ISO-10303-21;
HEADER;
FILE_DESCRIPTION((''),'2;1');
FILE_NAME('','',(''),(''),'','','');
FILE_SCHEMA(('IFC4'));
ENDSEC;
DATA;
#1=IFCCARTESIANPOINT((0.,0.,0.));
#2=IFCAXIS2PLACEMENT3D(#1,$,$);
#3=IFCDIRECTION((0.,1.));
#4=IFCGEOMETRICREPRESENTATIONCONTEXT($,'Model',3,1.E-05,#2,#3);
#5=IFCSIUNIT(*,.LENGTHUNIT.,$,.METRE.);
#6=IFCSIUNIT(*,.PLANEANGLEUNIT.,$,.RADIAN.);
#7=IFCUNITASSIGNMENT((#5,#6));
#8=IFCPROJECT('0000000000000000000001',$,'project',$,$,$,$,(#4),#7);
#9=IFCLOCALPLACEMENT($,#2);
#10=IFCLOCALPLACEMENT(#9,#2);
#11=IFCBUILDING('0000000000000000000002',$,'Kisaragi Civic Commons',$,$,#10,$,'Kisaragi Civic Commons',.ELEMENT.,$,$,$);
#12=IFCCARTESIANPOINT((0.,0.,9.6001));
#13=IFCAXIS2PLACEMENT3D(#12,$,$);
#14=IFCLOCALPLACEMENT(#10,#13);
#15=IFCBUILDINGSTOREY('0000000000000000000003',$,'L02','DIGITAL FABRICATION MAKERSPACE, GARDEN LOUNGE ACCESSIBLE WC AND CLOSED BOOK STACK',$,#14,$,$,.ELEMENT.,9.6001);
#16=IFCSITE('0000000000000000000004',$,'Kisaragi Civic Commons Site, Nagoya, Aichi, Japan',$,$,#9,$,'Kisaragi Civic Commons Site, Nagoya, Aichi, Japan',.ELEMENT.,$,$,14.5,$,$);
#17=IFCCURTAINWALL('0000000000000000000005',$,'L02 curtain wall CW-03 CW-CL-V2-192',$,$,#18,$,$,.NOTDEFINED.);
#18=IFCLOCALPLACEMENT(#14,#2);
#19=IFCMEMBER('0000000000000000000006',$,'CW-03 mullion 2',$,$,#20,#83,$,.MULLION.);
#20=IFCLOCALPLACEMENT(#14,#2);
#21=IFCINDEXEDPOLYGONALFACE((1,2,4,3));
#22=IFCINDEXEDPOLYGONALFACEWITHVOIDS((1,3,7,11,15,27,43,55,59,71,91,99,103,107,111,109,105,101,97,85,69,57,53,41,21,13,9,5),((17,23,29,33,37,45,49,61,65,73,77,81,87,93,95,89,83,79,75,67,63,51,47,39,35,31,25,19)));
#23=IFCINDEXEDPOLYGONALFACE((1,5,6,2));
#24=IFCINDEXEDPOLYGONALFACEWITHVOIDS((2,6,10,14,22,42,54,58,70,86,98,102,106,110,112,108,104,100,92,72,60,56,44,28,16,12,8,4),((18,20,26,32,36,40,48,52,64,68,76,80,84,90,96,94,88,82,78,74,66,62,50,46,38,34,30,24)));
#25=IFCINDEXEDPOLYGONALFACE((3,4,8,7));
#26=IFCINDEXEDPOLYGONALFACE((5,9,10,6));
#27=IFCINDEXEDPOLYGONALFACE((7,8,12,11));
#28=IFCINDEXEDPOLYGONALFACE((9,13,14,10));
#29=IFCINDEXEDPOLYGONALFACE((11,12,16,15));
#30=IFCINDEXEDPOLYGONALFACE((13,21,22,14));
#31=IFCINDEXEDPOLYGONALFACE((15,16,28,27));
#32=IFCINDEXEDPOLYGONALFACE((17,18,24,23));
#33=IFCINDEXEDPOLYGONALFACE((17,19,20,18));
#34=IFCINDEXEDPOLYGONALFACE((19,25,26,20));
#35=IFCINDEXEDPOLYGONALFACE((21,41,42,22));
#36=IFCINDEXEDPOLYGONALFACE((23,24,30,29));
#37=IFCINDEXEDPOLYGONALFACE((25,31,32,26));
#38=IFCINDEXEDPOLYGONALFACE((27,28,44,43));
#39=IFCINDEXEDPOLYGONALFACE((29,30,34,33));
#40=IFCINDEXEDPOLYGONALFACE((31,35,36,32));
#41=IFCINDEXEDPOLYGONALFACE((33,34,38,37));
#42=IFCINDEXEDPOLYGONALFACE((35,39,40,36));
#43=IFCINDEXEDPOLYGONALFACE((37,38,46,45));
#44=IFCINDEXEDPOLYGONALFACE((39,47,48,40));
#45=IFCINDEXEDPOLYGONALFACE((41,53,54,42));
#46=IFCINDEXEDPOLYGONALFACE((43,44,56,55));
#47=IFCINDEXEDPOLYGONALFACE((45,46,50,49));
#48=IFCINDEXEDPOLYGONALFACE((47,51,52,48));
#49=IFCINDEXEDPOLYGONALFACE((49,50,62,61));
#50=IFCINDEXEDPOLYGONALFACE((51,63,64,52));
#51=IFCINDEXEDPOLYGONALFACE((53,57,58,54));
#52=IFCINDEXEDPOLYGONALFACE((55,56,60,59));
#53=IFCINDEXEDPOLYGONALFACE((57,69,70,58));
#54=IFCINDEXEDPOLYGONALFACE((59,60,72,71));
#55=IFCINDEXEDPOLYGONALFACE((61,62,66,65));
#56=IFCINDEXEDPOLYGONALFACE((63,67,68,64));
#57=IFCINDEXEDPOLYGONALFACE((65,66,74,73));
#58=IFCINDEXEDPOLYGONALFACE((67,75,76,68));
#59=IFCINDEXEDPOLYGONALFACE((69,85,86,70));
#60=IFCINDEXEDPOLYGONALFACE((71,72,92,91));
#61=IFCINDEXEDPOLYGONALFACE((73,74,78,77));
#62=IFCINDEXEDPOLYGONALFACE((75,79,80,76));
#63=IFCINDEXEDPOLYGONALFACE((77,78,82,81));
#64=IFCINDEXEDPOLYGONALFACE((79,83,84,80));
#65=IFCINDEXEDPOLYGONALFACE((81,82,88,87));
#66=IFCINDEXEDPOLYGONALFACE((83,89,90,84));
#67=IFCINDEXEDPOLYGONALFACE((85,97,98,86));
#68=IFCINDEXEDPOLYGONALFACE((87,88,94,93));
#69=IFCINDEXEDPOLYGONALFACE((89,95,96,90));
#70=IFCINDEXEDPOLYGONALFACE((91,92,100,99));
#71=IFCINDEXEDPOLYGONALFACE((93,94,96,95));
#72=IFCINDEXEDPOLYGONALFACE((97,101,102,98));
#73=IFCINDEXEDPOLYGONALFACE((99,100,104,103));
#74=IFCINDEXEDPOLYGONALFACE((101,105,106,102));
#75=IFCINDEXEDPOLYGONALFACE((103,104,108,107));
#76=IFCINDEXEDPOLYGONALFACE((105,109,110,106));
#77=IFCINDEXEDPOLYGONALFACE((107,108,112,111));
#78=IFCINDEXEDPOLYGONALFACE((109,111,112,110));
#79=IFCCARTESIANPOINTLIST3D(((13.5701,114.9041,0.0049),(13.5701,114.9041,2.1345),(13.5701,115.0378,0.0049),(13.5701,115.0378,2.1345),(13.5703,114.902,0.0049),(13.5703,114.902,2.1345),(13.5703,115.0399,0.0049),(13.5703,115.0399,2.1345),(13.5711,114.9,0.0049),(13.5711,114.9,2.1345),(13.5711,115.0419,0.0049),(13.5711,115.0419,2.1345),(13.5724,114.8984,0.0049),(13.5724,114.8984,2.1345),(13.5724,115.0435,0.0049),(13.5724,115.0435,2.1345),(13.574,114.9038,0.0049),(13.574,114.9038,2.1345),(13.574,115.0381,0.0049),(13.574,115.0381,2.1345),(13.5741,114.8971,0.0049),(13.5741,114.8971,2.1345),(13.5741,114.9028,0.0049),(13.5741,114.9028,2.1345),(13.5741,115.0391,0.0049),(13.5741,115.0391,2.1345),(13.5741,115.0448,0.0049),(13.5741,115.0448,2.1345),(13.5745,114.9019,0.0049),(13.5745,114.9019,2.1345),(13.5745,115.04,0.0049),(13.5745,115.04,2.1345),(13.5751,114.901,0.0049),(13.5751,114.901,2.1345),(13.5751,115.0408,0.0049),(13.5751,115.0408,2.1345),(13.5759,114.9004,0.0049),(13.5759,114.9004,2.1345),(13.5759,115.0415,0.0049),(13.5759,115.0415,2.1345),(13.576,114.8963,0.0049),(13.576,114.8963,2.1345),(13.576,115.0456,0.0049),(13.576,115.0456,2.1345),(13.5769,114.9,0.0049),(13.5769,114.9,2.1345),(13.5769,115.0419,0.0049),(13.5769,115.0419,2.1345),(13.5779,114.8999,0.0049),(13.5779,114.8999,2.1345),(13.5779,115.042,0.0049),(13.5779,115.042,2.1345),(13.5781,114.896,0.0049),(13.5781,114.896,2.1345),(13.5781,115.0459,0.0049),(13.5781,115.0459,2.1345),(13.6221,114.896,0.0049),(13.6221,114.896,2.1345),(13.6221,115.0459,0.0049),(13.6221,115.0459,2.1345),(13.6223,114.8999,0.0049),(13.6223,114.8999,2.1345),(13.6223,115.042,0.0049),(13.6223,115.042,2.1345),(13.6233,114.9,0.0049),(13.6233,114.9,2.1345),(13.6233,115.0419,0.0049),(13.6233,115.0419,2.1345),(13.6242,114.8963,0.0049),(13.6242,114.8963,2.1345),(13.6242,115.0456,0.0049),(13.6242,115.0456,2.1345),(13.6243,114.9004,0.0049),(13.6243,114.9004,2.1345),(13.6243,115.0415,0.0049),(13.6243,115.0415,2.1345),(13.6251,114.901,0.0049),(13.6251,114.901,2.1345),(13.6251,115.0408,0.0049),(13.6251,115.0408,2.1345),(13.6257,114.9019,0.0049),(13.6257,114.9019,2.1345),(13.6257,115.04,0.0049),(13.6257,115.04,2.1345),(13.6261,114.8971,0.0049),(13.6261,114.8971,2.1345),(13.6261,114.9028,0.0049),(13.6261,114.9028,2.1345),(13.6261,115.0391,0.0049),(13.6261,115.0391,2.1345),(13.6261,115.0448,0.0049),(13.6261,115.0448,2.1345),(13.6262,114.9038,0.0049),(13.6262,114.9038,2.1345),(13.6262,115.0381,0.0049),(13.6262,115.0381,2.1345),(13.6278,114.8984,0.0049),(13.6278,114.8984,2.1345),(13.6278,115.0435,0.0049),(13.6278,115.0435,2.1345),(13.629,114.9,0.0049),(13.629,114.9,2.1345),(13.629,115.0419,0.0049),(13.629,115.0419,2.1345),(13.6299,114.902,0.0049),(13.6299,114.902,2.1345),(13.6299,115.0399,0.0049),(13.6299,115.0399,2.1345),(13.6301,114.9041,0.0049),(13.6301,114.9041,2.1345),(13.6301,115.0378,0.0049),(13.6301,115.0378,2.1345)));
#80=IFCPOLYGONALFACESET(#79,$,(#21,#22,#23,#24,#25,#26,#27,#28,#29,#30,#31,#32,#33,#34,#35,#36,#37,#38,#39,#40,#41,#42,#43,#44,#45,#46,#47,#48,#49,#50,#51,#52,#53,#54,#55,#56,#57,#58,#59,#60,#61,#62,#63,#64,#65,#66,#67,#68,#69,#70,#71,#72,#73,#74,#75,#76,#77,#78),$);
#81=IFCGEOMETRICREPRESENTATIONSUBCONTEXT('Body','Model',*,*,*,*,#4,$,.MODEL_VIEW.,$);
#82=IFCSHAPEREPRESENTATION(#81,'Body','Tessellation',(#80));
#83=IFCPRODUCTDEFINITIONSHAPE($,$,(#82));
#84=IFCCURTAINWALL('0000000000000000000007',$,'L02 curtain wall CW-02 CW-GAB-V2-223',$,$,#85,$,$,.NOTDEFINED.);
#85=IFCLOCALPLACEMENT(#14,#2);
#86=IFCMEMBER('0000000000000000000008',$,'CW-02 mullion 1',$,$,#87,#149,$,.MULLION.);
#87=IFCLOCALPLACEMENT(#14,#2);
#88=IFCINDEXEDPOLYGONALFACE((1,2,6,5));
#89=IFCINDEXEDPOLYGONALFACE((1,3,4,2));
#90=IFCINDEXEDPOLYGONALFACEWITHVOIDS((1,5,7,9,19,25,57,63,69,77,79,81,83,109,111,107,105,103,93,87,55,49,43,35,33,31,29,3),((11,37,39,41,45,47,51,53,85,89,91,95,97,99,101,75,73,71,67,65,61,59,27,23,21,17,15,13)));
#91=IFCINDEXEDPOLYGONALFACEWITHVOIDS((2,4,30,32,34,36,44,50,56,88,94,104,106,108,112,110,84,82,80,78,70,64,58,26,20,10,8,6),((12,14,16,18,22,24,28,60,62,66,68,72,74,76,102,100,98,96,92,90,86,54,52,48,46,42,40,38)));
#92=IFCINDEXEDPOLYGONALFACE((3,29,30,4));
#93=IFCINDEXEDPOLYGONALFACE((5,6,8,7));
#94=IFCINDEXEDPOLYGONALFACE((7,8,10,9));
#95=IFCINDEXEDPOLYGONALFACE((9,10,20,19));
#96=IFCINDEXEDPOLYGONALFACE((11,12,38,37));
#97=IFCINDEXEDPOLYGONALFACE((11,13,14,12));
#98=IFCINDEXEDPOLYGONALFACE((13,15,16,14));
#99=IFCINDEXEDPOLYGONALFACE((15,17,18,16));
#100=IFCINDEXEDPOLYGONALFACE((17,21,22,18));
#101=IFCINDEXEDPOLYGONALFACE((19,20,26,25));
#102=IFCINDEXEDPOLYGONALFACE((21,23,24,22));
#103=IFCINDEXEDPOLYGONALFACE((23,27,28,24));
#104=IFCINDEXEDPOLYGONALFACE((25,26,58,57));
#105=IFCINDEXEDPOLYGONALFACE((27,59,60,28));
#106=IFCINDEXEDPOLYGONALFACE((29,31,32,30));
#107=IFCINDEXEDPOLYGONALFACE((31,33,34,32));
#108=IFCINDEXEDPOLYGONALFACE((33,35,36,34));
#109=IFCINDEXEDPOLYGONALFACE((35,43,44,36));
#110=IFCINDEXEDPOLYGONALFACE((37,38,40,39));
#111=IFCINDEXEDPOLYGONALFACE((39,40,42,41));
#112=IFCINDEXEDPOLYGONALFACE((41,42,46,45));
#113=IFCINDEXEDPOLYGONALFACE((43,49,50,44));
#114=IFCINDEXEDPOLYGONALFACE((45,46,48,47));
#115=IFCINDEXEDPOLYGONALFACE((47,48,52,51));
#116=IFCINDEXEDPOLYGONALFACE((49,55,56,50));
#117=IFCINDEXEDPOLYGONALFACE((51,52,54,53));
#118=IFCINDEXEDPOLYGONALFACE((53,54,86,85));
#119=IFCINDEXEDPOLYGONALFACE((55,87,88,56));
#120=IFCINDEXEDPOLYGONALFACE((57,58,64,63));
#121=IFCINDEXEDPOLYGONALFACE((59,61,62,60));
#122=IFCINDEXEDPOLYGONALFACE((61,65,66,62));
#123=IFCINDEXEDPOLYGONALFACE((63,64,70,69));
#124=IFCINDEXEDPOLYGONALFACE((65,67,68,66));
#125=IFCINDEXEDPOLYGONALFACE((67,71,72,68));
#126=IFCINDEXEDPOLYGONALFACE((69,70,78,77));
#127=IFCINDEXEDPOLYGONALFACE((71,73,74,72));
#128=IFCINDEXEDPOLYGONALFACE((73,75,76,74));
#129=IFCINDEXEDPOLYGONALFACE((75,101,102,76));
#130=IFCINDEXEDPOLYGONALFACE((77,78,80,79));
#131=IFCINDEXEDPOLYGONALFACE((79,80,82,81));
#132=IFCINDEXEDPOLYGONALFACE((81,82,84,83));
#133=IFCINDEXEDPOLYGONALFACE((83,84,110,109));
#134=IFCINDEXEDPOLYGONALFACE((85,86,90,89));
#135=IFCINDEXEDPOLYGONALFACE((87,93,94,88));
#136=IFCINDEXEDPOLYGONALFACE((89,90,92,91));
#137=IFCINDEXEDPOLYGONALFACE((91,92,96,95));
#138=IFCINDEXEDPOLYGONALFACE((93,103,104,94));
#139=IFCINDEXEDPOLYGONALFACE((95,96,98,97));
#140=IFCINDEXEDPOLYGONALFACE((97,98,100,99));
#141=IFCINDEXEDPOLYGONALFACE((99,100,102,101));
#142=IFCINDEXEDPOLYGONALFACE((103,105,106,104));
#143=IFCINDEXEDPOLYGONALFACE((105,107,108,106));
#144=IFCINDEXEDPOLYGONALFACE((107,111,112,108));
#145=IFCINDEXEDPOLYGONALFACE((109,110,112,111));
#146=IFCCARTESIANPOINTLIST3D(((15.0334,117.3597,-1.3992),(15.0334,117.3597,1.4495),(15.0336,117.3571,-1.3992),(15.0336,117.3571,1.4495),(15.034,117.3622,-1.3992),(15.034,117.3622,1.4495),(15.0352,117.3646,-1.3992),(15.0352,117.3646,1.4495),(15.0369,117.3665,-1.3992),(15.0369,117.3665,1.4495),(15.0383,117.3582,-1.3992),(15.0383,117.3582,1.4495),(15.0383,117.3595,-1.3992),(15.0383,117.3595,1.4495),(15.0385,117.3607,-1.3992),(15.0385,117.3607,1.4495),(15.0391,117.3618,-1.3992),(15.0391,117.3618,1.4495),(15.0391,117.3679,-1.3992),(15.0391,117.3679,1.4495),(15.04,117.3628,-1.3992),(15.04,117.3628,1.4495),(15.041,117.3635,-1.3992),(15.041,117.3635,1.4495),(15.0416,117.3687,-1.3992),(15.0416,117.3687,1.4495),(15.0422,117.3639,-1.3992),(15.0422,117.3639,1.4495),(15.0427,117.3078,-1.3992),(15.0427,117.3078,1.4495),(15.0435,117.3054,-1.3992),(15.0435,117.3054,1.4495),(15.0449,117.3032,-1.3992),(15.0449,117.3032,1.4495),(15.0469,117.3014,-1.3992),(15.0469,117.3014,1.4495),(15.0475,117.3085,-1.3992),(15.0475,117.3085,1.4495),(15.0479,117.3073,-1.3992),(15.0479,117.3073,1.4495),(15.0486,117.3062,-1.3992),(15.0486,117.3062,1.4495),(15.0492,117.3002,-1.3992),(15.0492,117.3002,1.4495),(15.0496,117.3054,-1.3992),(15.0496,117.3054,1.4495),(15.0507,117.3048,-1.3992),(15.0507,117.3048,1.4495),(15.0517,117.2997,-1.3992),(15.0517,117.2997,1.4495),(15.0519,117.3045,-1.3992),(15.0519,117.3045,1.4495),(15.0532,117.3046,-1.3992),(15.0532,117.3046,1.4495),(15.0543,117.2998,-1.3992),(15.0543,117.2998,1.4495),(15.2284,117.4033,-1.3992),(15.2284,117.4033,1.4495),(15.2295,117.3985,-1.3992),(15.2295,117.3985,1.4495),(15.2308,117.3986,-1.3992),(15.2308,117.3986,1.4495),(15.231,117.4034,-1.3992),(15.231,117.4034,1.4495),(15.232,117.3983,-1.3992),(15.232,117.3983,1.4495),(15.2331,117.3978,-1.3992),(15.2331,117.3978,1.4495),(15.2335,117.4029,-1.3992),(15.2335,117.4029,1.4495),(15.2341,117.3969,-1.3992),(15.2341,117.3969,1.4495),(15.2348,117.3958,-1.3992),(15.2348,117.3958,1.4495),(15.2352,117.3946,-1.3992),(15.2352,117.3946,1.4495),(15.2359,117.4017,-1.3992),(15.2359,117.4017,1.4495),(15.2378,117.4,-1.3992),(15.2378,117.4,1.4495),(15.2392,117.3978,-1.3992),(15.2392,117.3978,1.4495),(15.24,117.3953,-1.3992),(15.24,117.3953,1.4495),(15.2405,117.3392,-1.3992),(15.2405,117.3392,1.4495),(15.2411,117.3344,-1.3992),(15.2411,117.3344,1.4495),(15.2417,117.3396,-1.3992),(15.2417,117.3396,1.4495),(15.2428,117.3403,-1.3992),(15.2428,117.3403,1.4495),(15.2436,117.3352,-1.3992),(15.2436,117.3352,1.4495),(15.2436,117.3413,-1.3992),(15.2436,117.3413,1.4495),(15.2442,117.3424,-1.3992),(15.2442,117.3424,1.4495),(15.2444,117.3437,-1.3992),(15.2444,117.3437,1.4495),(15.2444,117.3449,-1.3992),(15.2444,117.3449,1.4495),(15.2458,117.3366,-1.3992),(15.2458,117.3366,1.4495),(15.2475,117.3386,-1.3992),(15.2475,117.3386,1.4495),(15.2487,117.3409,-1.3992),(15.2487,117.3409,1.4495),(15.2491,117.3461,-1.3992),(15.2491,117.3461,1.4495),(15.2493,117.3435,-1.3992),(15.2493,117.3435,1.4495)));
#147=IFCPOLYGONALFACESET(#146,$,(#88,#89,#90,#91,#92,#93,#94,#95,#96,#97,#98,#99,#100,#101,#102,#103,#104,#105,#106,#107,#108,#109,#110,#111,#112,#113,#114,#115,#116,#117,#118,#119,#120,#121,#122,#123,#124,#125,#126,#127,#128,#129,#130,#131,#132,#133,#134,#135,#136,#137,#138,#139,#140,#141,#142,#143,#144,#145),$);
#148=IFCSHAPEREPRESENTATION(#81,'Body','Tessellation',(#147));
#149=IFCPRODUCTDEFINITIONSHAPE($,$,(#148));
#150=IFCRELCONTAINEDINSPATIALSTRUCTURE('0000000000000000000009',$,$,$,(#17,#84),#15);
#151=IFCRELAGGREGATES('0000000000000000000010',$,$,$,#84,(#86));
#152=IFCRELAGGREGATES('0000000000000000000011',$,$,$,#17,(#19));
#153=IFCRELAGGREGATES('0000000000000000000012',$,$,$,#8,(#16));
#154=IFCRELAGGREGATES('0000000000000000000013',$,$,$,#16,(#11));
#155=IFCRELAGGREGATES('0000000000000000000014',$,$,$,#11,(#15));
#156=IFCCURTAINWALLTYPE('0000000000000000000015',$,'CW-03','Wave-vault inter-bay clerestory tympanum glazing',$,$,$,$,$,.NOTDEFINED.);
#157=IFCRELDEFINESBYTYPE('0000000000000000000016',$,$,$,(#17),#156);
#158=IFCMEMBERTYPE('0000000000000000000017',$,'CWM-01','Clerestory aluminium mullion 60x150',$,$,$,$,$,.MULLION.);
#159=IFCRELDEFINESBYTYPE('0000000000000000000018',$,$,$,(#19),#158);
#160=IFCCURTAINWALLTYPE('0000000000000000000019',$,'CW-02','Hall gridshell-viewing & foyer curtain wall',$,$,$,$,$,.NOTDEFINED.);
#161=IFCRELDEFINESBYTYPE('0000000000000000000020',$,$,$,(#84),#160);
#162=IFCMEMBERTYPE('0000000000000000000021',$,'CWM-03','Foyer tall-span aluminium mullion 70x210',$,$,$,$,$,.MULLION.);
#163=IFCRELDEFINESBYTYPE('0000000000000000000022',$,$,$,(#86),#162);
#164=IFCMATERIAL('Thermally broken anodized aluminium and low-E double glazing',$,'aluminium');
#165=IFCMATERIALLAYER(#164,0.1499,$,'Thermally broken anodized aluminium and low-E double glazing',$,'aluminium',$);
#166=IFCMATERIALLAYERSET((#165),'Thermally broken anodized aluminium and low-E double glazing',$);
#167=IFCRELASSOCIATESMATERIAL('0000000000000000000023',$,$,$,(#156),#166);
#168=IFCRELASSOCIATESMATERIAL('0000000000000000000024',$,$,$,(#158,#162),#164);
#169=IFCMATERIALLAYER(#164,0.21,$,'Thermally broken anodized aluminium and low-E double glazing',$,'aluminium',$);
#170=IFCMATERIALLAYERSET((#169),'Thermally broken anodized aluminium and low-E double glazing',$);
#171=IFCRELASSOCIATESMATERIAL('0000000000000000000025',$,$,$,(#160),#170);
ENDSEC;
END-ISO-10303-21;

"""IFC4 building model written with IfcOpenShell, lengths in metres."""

from ifc_helpers import new_model, si_unit, direction, frame, origin, origin_2d, place, context, subcontext, project, spatial, hollow_rectangle, extrude, material, layer, layer_set, material_profile, profile_set, type_object, element, aggregate, save


model = new_model("IFC4")

# Units and contexts
model_context = context("Model", 3, precision=1e-05, world=origin(), true_north=direction((0.0, 1.0)))
body_context = subcontext(model_context, "Body", "Model", "MODEL_VIEW")
ifc_project = project(units=[si_unit("LENGTHUNIT", "METRE"), si_unit("PLANEANGLEUNIT", "RADIAN")], contexts=[model_context])

# Site, building, storey
site_placement = place(None, origin())
site = spatial("IfcSite", under=ifc_project, at=site_placement, Name="Kisaragi Civic Commons Site, Nagoya, Aichi, Japan", LongName="Kisaragi Civic Commons Site, Nagoya, Aichi, Japan", CompositionType="ELEMENT", RefElevation=14.5)
building_placement = place(site_placement, origin())
building = spatial("IfcBuilding", under=site, at=building_placement, Name="Kisaragi Civic Commons", LongName="Kisaragi Civic Commons", CompositionType="ELEMENT")
storey_placement = place(building_placement, frame((0.0, 0.0, 9.6001)))
storey = spatial("IfcBuildingStorey", under=building, at=storey_placement, Name="L02", Description="DIGITAL FABRICATION MAKERSPACE, GARDEN LOUNGE ACCESSIBLE WC AND CLOSED BOOK STACK", CompositionType="ELEMENT", Elevation=9.6001)

# Curtain wall, member
ifc_material_1 = material(Name="Thermally broken anodized aluminium and low-E double glazing", Category="aluminium")
ifc_layer_1 = layer(ifc_material_1, 0.1499, Name="Thermally broken anodized aluminium and low-E double glazing", Category="aluminium")
ifc_layer_set_1 = layer_set([ifc_layer_1], Name="Thermally broken anodized aluminium and low-E double glazing")
curtain_wall_type_1 = type_object("IfcCurtainWallType", Name="CW-03", Description="Wave-vault inter-bay clerestory tympanum glazing", PredefinedType="NOTDEFINED", material=ifc_layer_set_1)
curtain_wall_1_placement = place(storey_placement, origin())
curtain_wall_1 = element("IfcCurtainWall", 1, at=curtain_wall_1_placement, inside=storey, type_object=curtain_wall_type_1, Name="L02 curtain wall CW-03 CW-CL-V2-192", PredefinedType="NOTDEFINED")
ifc_material_profile_1 = material_profile(ifc_material_1, hollow_rectangle(XDim=0.0601, YDim=0.1499, WallThickness=0.0039, InnerFilletRadius=0.0039, OuterFilletRadius=0.0081, at=origin_2d()), Name="CWM-60x150x4", Category="aluminium")
ifc_profile_set_1 = profile_set([ifc_material_profile_1], Name="Thermally broken anodized aluminium and low-E double glazing")
member_type_1 = type_object("IfcMemberType", Name="CWM-01", Description="Clerestory aluminium mullion 60x150", PredefinedType="MULLION", material=ifc_profile_set_1)
member_1_placement = place(storey_placement, frame((13.6001, 114.9709, 0.0049), z_axis=(0.0, 0.0, 1.0), x_axis=(-1.0, 0.0, 0.0)))
member_1 = element("IfcMember", 2, at=member_1_placement, type_object=member_type_1, Name="CW-03 mullion 2", PredefinedType="MULLION", context=body_context, shape_type="SweptSolid", body=[
    extrude(hollow_rectangle(XDim=0.0601, YDim=0.1499, WallThickness=0.0039, InnerFilletRadius=0.0039, OuterFilletRadius=0.0081, at=origin_2d()), origin(), (0.0, 0.0, 1.0), 2.1296),
])

# Curtain wall, member
ifc_layer_2 = layer(ifc_material_1, 0.21, Name="Thermally broken anodized aluminium and low-E double glazing", Category="aluminium")
ifc_layer_set_2 = layer_set([ifc_layer_2], Name="Thermally broken anodized aluminium and low-E double glazing")
curtain_wall_type_2 = type_object("IfcCurtainWallType", Name="CW-02", Description="Hall gridshell-viewing & foyer curtain wall", PredefinedType="NOTDEFINED", material=ifc_layer_set_2)
curtain_wall_2_placement = place(storey_placement, origin())
curtain_wall_2 = element("IfcCurtainWall", 3, at=curtain_wall_2_placement, inside=storey, type_object=curtain_wall_type_2, Name="L02 curtain wall CW-02 CW-GAB-V2-223", PredefinedType="NOTDEFINED")
ifc_material_profile_2 = material_profile(ifc_material_1, hollow_rectangle(XDim=0.0701, YDim=0.21, WallThickness=0.0049, InnerFilletRadius=0.0049, OuterFilletRadius=0.01, at=origin_2d()), Name="CWM-70x210x5", Category="aluminium")
ifc_profile_set_2 = profile_set([ifc_material_profile_2], Name="Thermally broken anodized aluminium and low-E double glazing")
member_type_2 = type_object("IfcMemberType", Name="CWM-03", Description="Foyer tall-span aluminium mullion 70x210", PredefinedType="MULLION", material=ifc_profile_set_2)
member_2_placement = place(storey_placement, frame((15.1414, 117.3516, -1.3992), z_axis=(0.0, 0.0, 1.0), x_axis=(-0.182004, 0.983298, 0.0)))
member_2 = element("IfcMember", 4, at=member_2_placement, type_object=member_type_2, Name="CW-02 mullion 1", PredefinedType="MULLION", context=body_context, shape_type="SweptSolid", body=[
    extrude(hollow_rectangle(XDim=0.0701, YDim=0.21, WallThickness=0.0049, InnerFilletRadius=0.0049, OuterFilletRadius=0.01, at=origin_2d()), origin(), (0.0, 0.0, 1.0), 2.8486),
])

aggregate(curtain_wall_2, [member_2])
aggregate(curtain_wall_1, [member_1])

save(model, "model.ifc")
